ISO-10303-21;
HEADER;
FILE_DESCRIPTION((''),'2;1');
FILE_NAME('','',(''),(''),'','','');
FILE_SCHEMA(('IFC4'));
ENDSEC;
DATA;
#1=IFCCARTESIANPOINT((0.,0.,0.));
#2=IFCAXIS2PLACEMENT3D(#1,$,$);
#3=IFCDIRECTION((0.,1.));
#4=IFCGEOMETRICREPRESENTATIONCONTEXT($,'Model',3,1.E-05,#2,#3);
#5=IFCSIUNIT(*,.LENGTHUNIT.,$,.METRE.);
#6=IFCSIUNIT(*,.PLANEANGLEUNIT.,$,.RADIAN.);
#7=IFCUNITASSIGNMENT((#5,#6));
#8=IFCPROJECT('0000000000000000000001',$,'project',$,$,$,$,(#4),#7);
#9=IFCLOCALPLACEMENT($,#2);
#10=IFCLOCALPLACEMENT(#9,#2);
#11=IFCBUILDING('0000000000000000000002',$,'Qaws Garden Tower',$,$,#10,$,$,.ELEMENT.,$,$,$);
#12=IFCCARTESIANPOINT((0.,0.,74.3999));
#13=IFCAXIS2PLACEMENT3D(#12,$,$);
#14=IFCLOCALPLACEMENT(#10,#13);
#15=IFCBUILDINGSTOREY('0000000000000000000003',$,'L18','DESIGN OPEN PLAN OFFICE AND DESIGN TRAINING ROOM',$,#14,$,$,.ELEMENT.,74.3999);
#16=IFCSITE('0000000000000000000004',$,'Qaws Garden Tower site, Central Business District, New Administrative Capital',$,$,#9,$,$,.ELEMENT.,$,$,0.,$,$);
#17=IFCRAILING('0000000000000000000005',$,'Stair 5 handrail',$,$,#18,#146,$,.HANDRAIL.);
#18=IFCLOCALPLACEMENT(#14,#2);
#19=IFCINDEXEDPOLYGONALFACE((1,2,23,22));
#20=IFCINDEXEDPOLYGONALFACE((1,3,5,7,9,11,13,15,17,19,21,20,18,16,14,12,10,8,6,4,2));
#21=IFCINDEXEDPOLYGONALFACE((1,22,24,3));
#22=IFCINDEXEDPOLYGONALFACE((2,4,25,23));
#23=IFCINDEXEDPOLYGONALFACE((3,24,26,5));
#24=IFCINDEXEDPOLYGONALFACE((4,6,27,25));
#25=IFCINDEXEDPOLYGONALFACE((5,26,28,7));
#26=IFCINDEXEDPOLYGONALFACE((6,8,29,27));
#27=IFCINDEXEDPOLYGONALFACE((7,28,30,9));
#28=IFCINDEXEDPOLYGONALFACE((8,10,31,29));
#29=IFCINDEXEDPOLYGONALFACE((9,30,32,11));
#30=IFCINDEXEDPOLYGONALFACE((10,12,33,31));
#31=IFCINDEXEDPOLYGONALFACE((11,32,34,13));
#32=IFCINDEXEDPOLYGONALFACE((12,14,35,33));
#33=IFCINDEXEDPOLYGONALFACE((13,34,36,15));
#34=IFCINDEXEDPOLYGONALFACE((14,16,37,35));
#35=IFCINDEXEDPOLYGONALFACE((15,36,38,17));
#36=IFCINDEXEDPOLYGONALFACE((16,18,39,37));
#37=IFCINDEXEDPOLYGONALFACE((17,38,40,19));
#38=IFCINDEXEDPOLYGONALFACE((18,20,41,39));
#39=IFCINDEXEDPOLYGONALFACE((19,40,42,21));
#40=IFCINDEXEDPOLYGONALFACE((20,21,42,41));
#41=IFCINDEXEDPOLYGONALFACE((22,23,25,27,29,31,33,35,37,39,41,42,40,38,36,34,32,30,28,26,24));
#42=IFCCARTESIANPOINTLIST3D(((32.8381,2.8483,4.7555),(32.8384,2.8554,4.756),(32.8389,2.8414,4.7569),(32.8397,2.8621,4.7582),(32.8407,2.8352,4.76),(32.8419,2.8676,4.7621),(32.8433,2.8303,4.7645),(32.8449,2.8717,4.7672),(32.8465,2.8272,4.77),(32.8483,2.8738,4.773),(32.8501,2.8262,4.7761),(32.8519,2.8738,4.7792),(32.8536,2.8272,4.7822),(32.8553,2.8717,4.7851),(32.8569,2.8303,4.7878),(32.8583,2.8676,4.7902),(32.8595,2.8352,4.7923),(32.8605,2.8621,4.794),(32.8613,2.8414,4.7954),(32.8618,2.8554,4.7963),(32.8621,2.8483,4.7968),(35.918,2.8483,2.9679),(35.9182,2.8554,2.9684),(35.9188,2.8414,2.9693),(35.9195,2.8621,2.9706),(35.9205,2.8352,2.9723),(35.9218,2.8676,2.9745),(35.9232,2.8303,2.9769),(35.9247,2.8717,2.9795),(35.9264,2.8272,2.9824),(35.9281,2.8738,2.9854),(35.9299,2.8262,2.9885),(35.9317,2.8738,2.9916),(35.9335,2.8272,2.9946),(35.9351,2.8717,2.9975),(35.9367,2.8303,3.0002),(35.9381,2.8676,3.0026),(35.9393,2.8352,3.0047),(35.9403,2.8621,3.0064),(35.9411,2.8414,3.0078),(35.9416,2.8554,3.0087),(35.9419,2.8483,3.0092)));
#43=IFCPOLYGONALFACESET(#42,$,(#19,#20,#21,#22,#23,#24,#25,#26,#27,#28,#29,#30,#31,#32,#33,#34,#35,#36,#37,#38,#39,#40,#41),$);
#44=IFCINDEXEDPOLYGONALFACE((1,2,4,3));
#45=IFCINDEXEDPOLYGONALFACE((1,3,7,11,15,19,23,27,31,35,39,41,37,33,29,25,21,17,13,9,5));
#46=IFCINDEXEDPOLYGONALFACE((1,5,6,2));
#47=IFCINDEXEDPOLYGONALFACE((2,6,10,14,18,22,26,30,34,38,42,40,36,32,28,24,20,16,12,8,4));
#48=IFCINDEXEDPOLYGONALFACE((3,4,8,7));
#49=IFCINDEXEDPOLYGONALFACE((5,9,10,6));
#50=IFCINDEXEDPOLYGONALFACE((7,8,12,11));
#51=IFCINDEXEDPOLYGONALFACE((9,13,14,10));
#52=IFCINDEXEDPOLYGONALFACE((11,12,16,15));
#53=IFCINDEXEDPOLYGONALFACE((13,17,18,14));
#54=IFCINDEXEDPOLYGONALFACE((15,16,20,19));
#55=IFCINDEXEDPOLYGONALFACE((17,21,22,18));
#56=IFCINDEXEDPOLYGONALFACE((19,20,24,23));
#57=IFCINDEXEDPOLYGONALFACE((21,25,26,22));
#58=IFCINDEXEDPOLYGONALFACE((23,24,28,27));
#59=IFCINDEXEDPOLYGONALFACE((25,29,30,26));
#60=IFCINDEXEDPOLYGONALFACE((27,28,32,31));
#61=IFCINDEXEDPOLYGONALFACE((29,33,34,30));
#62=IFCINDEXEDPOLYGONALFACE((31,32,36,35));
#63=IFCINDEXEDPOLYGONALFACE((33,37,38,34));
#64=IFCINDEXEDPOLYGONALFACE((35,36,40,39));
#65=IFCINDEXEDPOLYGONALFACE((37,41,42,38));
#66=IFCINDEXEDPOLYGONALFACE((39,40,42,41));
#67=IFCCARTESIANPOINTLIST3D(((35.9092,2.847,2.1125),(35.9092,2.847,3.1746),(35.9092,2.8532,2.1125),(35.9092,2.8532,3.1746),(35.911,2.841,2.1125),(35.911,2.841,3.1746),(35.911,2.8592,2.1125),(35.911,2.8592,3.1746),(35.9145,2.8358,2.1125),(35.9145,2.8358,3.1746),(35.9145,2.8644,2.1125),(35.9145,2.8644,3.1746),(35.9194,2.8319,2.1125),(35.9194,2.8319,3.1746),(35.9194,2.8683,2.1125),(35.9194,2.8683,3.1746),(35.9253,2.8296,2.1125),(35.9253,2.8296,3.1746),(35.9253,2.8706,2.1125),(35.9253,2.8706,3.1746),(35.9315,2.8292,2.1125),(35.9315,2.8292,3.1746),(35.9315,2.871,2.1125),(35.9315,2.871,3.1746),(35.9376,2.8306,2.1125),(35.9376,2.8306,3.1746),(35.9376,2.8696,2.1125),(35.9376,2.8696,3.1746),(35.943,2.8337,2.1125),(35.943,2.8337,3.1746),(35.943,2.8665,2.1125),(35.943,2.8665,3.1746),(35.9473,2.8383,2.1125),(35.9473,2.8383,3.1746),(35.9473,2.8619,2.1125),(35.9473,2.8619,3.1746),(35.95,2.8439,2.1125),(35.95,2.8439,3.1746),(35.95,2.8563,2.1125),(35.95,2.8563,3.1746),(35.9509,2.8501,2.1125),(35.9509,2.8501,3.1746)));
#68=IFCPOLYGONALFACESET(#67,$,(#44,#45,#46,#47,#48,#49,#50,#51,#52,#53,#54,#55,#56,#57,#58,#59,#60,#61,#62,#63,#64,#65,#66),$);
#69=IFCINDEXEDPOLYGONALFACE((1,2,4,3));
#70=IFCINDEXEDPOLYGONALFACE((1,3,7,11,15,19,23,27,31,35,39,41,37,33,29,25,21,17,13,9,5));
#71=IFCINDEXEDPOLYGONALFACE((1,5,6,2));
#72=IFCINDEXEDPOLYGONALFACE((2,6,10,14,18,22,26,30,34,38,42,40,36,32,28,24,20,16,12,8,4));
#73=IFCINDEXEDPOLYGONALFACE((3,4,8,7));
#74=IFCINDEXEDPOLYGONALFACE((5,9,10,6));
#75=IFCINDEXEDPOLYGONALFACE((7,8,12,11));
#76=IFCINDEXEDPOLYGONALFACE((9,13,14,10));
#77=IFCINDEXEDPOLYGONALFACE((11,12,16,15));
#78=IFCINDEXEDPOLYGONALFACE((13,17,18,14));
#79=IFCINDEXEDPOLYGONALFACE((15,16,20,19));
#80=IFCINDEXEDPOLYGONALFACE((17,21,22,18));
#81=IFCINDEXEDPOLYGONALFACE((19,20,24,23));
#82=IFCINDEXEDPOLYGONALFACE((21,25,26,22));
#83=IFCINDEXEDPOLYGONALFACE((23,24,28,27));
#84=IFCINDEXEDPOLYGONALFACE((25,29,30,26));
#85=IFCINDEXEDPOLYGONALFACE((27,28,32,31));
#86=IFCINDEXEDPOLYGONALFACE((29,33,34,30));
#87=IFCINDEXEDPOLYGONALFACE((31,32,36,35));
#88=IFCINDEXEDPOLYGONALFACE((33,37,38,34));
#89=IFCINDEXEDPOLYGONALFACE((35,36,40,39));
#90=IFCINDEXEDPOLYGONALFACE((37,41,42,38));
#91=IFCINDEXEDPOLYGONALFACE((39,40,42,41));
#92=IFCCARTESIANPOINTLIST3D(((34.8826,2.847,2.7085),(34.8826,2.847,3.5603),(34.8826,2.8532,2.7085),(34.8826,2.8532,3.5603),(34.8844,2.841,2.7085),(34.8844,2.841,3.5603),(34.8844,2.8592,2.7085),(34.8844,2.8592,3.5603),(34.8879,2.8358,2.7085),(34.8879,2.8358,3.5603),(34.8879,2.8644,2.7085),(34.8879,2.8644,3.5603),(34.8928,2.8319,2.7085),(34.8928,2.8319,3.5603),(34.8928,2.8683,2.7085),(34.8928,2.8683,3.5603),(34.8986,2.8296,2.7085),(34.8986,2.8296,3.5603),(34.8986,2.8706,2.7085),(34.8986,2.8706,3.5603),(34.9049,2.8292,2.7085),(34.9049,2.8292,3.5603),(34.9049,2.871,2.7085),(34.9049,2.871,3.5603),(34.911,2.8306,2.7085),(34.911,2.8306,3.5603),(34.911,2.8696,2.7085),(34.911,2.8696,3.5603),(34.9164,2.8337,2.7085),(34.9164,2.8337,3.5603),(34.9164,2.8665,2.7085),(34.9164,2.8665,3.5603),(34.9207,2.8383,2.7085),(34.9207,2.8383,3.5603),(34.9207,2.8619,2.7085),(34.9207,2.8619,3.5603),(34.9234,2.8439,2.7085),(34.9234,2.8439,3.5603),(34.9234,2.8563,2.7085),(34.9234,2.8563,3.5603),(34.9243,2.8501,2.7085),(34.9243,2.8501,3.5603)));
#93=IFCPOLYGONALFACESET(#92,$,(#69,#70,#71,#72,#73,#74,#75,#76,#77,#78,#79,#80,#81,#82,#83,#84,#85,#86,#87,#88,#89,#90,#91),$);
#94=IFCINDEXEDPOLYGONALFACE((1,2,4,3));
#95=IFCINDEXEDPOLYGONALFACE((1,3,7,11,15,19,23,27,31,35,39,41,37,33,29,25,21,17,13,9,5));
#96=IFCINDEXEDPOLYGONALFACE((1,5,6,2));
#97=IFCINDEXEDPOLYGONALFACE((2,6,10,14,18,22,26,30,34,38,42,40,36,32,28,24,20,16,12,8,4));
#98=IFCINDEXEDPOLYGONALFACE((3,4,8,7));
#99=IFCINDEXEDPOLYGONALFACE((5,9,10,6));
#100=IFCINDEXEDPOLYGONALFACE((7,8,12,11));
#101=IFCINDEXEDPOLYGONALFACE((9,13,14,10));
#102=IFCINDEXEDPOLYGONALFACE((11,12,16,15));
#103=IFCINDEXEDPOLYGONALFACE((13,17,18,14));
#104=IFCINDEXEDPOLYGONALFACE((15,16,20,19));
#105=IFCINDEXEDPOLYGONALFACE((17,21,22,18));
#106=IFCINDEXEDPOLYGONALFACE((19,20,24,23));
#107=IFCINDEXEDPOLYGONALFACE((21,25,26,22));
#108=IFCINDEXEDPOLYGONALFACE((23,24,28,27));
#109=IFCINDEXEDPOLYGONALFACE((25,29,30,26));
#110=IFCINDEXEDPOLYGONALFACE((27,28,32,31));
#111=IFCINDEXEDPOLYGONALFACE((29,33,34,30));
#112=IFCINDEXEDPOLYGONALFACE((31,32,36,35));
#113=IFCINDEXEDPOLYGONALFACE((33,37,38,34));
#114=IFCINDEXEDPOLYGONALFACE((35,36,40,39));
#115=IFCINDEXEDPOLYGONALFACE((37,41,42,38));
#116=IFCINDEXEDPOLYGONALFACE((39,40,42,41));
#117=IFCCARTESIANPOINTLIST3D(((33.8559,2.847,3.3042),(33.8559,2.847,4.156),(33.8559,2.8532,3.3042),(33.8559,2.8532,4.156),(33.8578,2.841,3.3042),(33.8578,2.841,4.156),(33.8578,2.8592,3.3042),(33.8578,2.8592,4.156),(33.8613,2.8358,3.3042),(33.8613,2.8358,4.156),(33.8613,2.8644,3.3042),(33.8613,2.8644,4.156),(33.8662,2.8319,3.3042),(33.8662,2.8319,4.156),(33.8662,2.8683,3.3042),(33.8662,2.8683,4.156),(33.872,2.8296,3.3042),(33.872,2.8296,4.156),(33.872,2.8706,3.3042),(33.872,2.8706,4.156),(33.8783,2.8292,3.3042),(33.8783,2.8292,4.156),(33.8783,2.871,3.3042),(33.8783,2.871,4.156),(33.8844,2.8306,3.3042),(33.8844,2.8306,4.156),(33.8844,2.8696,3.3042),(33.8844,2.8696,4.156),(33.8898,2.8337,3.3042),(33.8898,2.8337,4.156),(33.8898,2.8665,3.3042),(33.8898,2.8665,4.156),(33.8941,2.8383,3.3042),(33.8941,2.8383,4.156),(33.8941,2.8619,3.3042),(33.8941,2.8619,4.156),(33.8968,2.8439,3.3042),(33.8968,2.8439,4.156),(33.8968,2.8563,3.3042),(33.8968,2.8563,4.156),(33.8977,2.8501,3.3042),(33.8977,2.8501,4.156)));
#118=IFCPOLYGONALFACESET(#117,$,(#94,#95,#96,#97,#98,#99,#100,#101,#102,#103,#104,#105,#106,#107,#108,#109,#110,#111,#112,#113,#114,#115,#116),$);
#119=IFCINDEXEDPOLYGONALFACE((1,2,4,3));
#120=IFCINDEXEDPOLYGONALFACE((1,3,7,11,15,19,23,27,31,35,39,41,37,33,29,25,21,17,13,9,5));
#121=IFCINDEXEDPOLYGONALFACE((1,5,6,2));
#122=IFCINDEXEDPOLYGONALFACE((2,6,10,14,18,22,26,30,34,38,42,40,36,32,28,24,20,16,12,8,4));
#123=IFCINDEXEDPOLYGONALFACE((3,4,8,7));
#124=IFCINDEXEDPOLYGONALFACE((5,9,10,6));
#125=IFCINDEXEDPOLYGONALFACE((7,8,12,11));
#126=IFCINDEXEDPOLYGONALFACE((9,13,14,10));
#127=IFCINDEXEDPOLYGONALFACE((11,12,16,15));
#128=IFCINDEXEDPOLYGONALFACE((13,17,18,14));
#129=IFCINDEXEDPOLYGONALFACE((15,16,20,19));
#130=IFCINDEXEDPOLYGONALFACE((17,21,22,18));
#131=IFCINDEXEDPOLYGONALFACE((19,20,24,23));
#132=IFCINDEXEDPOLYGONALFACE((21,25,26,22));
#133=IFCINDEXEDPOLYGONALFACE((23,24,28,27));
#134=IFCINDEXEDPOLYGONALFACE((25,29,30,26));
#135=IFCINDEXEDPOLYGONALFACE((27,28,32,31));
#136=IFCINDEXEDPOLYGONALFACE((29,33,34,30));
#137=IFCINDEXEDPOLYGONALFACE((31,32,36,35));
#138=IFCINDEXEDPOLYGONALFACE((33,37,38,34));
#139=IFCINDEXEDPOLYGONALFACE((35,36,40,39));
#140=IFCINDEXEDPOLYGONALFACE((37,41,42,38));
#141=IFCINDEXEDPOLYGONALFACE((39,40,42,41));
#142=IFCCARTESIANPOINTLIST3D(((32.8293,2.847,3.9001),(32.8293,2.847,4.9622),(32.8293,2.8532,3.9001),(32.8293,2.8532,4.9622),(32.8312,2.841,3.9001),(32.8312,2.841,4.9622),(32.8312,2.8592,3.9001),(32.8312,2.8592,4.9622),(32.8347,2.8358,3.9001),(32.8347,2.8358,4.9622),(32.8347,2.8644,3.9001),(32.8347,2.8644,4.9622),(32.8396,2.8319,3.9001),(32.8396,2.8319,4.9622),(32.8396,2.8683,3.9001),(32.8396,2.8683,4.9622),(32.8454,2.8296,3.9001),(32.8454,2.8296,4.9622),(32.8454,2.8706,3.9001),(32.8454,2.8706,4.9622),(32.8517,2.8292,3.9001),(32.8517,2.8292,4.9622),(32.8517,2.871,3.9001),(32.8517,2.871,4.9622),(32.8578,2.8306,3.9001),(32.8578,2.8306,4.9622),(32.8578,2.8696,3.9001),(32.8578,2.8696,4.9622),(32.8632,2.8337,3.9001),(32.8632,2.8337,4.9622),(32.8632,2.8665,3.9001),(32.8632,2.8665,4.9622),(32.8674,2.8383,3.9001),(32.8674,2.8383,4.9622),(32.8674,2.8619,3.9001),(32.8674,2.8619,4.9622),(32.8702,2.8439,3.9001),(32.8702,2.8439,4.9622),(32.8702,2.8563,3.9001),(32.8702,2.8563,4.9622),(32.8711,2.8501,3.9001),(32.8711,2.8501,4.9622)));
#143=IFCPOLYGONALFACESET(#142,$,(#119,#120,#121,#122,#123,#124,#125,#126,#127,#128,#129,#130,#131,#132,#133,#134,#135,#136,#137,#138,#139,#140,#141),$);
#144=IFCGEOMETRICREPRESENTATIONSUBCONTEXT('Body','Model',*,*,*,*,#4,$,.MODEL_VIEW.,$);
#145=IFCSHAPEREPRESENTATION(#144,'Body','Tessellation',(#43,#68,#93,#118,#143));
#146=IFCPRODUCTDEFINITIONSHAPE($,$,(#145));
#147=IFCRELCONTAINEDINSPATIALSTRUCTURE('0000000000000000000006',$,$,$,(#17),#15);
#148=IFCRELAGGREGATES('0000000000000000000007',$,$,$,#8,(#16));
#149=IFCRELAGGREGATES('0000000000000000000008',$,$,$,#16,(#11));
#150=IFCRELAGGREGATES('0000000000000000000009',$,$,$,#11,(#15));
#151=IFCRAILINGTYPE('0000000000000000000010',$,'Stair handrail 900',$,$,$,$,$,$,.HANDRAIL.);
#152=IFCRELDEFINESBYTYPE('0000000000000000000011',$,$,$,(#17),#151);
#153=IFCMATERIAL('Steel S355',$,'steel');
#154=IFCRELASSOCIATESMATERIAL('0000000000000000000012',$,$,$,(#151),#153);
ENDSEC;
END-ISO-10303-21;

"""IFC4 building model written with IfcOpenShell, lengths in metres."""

from ifc_helpers import new_model, si_unit, direction, frame, origin, origin_2d, place, context, subcontext, project, spatial, circle, extrude, material, type_object, element, save


model = new_model("IFC4")

# Units and contexts
model_context = context("Model", 3, precision=1e-05, world=origin(), true_north=direction((0.0, 1.0)))
body_context = subcontext(model_context, "Body", "Model", "MODEL_VIEW")
ifc_project = project(units=[si_unit("LENGTHUNIT", "METRE"), si_unit("PLANEANGLEUNIT", "RADIAN")], contexts=[model_context])

# Site, building, storey
site_placement = place(None, origin())
site = spatial("IfcSite", under=ifc_project, at=site_placement, Name="Qaws Garden Tower site, Central Business District, New Administrative Capital", CompositionType="ELEMENT", RefElevation=0.0)
building_placement = place(site_placement, origin())
building = spatial("IfcBuilding", under=site, at=building_placement, Name="Qaws Garden Tower", CompositionType="ELEMENT")
storey_placement = place(building_placement, frame((0.0, 0.0, 74.3999)))
storey = spatial("IfcBuildingStorey", under=building, at=storey_placement, Name="L18", Description="DESIGN OPEN PLAN OFFICE AND DESIGN TRAINING ROOM", CompositionType="ELEMENT", Elevation=74.3999)

# Railing
ifc_material_1 = material(Name="Steel S355", Category="steel")
railing_type = type_object("IfcRailingType", Name="Stair handrail 900", PredefinedType="HANDRAIL", material=ifc_material_1)
railing_1_placement = place(storey_placement, frame((35.9299, 2.8501, 2.1125)))
element("IfcRailing", 1, at=railing_1_placement, inside=storey, type_object=railing_type, Name="Stair 5 handrail", PredefinedType="HANDRAIL", context=body_context, shape_type="SweptSolid", body=[
    extrude(circle(Radius=0.0239, at=origin_2d()), frame((0.0, 0.0, 0.876), z_axis=(-0.864873, 0.0, 0.50199), x_axis=(0.0, -1.0, 0.0)), (0.0, 0.0, 1.0), 3.561),
    extrude(circle(Radius=0.021, at=origin_2d()), origin(), (0.0, 0.0, 1.0), 1.062),
    extrude(circle(Radius=0.021, at=origin_2d()), frame((-1.0266, 0.0, 0.5959)), (0.0, 0.0, 1.0), 0.8518),
    extrude(circle(Radius=0.021, at=origin_2d()), frame((-2.0532, 0.0, 1.1917)), (0.0, 0.0, 1.0), 0.8518),
    extrude(circle(Radius=0.021, at=origin_2d()), frame((-3.0798, 0.0, 1.7876)), (0.0, 0.0, 1.0), 1.062),
])

save(model, "model.ifc")
